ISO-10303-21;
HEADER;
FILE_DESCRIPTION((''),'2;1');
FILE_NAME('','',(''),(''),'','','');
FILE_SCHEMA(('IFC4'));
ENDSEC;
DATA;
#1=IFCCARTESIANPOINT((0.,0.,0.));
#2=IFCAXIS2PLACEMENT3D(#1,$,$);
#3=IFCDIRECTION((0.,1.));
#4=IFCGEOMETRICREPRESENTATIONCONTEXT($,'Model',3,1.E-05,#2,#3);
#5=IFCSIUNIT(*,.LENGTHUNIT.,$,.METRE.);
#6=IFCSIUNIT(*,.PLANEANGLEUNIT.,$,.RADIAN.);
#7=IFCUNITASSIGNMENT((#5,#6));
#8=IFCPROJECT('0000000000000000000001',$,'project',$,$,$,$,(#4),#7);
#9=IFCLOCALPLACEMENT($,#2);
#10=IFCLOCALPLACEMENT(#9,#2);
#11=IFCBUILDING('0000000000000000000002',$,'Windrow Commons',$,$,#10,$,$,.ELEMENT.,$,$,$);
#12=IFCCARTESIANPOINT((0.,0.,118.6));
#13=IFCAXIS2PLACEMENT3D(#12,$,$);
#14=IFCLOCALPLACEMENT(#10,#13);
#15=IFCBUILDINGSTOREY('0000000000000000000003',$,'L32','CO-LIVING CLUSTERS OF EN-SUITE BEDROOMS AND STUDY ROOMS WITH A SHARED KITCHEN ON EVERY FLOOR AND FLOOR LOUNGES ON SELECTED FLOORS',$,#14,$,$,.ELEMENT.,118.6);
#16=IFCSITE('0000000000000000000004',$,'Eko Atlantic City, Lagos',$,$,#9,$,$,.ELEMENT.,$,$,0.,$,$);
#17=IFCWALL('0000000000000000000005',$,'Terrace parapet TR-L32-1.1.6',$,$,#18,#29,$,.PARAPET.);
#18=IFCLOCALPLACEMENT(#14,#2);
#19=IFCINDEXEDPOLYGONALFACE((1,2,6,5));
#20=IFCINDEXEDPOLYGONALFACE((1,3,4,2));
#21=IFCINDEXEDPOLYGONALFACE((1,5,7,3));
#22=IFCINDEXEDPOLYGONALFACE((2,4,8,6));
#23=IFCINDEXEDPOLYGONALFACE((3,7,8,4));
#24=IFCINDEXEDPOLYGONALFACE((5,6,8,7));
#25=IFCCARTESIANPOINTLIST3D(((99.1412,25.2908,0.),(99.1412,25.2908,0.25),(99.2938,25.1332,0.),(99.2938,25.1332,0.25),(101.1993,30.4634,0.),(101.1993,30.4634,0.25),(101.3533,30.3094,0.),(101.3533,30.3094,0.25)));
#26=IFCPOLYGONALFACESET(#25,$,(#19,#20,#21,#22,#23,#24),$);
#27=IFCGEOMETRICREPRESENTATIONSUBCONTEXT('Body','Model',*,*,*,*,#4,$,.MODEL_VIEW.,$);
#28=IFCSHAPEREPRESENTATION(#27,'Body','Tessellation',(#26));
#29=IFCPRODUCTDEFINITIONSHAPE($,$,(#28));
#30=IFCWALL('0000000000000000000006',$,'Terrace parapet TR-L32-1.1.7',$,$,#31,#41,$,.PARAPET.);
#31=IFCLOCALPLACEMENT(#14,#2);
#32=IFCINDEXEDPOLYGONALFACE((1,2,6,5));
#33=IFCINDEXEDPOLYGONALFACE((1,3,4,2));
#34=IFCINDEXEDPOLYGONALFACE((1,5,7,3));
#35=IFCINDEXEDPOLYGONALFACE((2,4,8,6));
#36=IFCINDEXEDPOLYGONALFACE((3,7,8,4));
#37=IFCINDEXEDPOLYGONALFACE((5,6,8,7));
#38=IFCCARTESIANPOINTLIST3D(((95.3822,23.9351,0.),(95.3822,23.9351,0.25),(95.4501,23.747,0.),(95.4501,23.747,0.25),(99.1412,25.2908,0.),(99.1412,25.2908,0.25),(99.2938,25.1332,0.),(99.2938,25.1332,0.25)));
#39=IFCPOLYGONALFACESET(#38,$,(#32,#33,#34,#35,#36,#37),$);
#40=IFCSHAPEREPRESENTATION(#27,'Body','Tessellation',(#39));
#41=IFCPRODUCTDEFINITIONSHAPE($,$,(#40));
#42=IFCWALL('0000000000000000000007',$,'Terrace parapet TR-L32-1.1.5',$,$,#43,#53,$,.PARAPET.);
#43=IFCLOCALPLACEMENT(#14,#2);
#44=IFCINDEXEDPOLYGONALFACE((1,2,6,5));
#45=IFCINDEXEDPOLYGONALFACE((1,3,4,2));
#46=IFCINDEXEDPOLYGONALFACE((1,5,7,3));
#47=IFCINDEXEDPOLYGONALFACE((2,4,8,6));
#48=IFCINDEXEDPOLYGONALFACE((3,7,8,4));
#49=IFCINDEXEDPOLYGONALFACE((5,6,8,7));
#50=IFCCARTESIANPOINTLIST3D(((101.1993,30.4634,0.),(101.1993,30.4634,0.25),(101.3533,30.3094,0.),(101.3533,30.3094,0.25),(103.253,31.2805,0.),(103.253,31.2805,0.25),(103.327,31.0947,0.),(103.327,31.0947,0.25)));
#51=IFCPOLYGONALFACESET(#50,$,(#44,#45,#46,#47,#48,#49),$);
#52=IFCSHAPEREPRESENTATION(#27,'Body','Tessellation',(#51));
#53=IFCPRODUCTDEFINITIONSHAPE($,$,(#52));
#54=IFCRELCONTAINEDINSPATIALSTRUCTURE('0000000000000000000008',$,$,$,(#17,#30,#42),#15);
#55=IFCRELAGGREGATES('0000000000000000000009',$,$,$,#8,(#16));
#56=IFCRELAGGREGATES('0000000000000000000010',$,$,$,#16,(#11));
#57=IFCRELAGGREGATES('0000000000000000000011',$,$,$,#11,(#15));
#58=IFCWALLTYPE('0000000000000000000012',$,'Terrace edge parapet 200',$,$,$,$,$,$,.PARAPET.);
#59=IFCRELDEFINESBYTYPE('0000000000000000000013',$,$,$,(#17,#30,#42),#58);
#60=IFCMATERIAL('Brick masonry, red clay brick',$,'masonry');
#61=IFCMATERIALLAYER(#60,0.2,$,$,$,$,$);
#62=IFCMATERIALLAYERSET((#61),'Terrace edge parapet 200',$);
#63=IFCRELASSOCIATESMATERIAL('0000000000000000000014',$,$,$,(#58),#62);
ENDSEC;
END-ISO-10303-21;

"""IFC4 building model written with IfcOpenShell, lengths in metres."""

from ifc_helpers import new_model, si_unit, direction, frame, origin, place, context, subcontext, project, spatial, polyline, outline, extrude, material, layer, layer_set, type_object, element, save


model = new_model("IFC4")

# Units and contexts
model_context = context("Model", 3, precision=1e-05, world=origin(), true_north=direction((0.0, 1.0)))
body_context = subcontext(model_context, "Body", "Model", "MODEL_VIEW")
ifc_project = project(units=[si_unit("LENGTHUNIT", "METRE"), si_unit("PLANEANGLEUNIT", "RADIAN")], contexts=[model_context])

# Site, building, storey
site_placement = place(None, origin())
site = spatial("IfcSite", under=ifc_project, at=site_placement, Name="Eko Atlantic City, Lagos", CompositionType="ELEMENT", RefElevation=0.0)
building_placement = place(site_placement, origin())
building = spatial("IfcBuilding", under=site, at=building_placement, Name="Windrow Commons", CompositionType="ELEMENT")
storey_placement = place(building_placement, frame((0.0, 0.0, 118.6)))
storey = spatial("IfcBuildingStorey", under=building, at=storey_placement, Name="L32", Description="CO-LIVING CLUSTERS OF EN-SUITE BEDROOMS AND STUDY ROOMS WITH A SHARED KITCHEN ON EVERY FLOOR AND FLOOR LOUNGES ON SELECTED FLOORS", CompositionType="ELEMENT", Elevation=118.6)

# Walls
ifc_material_1 = material(Name="Brick masonry, red clay brick", Category="masonry")
ifc_layer_1 = layer(ifc_material_1, 0.2)
ifc_layer_set_1 = layer_set([ifc_layer_1], Name="Terrace edge parapet 200")
wall_type_1 = type_object("IfcWallType", Name="Terrace edge parapet 200", PredefinedType="PARAPET", material=ifc_layer_set_1)
wall_1_placement = place(storey_placement, frame((101.2763, 30.3864, 0.0), z_axis=(0.0, 0.0, 1.0), x_axis=(-0.369693, -0.929154, 0.0)))
element("IfcWall", 1, at=wall_1_placement, inside=storey, type_object=wall_type_1, Name="Terrace parapet TR-L32-1.1.6", PredefinedType="PARAPET", context=body_context, shape_type="SweptSolid", body=[
    extrude(outline(polyline([(-0.0431, -0.1), (5.5239, -0.1), (5.614, 0.1), (0.0431, 0.1), (-0.0431, -0.1)])), origin(), (0.0, 0.0, 1.0), 0.25),
])
wall_2_placement = place(storey_placement, frame((99.2175, 25.212, 0.0), z_axis=(0.0, 0.0, 1.0), x_axis=(-0.94069, -0.339266, 0.0)))
element("IfcWall", 2, at=wall_2_placement, inside=storey, type_object=wall_type_1, Name="Terrace parapet TR-L32-1.1.7", PredefinedType="PARAPET", context=body_context, shape_type="SweptSolid", body=[
    extrude(outline(polyline([(0.045, -0.1), (4.041, -0.1), (4.041, 0.1), (-0.045, 0.1), (0.045, -0.1)])), origin(), (0.0, 0.0, 1.0), 0.25),
])
wall_3_placement = place(storey_placement, frame((103.29, 31.1876, 0.0), z_axis=(0.0, 0.0, 1.0), x_axis=(-0.929156, -0.369688, 0.0)))
element("IfcWall", 3, at=wall_3_placement, inside=storey, type_object=wall_type_1, Name="Terrace parapet TR-L32-1.1.5", PredefinedType="PARAPET", context=body_context, shape_type="SweptSolid", body=[
    extrude(outline(polyline([(0.0, -0.1), (2.2103, -0.1), (2.1241, 0.1), (0.0, 0.1), (0.0, -0.1)])), origin(), (0.0, 0.0, 1.0), 0.25),
])

save(model, "model.ifc")
